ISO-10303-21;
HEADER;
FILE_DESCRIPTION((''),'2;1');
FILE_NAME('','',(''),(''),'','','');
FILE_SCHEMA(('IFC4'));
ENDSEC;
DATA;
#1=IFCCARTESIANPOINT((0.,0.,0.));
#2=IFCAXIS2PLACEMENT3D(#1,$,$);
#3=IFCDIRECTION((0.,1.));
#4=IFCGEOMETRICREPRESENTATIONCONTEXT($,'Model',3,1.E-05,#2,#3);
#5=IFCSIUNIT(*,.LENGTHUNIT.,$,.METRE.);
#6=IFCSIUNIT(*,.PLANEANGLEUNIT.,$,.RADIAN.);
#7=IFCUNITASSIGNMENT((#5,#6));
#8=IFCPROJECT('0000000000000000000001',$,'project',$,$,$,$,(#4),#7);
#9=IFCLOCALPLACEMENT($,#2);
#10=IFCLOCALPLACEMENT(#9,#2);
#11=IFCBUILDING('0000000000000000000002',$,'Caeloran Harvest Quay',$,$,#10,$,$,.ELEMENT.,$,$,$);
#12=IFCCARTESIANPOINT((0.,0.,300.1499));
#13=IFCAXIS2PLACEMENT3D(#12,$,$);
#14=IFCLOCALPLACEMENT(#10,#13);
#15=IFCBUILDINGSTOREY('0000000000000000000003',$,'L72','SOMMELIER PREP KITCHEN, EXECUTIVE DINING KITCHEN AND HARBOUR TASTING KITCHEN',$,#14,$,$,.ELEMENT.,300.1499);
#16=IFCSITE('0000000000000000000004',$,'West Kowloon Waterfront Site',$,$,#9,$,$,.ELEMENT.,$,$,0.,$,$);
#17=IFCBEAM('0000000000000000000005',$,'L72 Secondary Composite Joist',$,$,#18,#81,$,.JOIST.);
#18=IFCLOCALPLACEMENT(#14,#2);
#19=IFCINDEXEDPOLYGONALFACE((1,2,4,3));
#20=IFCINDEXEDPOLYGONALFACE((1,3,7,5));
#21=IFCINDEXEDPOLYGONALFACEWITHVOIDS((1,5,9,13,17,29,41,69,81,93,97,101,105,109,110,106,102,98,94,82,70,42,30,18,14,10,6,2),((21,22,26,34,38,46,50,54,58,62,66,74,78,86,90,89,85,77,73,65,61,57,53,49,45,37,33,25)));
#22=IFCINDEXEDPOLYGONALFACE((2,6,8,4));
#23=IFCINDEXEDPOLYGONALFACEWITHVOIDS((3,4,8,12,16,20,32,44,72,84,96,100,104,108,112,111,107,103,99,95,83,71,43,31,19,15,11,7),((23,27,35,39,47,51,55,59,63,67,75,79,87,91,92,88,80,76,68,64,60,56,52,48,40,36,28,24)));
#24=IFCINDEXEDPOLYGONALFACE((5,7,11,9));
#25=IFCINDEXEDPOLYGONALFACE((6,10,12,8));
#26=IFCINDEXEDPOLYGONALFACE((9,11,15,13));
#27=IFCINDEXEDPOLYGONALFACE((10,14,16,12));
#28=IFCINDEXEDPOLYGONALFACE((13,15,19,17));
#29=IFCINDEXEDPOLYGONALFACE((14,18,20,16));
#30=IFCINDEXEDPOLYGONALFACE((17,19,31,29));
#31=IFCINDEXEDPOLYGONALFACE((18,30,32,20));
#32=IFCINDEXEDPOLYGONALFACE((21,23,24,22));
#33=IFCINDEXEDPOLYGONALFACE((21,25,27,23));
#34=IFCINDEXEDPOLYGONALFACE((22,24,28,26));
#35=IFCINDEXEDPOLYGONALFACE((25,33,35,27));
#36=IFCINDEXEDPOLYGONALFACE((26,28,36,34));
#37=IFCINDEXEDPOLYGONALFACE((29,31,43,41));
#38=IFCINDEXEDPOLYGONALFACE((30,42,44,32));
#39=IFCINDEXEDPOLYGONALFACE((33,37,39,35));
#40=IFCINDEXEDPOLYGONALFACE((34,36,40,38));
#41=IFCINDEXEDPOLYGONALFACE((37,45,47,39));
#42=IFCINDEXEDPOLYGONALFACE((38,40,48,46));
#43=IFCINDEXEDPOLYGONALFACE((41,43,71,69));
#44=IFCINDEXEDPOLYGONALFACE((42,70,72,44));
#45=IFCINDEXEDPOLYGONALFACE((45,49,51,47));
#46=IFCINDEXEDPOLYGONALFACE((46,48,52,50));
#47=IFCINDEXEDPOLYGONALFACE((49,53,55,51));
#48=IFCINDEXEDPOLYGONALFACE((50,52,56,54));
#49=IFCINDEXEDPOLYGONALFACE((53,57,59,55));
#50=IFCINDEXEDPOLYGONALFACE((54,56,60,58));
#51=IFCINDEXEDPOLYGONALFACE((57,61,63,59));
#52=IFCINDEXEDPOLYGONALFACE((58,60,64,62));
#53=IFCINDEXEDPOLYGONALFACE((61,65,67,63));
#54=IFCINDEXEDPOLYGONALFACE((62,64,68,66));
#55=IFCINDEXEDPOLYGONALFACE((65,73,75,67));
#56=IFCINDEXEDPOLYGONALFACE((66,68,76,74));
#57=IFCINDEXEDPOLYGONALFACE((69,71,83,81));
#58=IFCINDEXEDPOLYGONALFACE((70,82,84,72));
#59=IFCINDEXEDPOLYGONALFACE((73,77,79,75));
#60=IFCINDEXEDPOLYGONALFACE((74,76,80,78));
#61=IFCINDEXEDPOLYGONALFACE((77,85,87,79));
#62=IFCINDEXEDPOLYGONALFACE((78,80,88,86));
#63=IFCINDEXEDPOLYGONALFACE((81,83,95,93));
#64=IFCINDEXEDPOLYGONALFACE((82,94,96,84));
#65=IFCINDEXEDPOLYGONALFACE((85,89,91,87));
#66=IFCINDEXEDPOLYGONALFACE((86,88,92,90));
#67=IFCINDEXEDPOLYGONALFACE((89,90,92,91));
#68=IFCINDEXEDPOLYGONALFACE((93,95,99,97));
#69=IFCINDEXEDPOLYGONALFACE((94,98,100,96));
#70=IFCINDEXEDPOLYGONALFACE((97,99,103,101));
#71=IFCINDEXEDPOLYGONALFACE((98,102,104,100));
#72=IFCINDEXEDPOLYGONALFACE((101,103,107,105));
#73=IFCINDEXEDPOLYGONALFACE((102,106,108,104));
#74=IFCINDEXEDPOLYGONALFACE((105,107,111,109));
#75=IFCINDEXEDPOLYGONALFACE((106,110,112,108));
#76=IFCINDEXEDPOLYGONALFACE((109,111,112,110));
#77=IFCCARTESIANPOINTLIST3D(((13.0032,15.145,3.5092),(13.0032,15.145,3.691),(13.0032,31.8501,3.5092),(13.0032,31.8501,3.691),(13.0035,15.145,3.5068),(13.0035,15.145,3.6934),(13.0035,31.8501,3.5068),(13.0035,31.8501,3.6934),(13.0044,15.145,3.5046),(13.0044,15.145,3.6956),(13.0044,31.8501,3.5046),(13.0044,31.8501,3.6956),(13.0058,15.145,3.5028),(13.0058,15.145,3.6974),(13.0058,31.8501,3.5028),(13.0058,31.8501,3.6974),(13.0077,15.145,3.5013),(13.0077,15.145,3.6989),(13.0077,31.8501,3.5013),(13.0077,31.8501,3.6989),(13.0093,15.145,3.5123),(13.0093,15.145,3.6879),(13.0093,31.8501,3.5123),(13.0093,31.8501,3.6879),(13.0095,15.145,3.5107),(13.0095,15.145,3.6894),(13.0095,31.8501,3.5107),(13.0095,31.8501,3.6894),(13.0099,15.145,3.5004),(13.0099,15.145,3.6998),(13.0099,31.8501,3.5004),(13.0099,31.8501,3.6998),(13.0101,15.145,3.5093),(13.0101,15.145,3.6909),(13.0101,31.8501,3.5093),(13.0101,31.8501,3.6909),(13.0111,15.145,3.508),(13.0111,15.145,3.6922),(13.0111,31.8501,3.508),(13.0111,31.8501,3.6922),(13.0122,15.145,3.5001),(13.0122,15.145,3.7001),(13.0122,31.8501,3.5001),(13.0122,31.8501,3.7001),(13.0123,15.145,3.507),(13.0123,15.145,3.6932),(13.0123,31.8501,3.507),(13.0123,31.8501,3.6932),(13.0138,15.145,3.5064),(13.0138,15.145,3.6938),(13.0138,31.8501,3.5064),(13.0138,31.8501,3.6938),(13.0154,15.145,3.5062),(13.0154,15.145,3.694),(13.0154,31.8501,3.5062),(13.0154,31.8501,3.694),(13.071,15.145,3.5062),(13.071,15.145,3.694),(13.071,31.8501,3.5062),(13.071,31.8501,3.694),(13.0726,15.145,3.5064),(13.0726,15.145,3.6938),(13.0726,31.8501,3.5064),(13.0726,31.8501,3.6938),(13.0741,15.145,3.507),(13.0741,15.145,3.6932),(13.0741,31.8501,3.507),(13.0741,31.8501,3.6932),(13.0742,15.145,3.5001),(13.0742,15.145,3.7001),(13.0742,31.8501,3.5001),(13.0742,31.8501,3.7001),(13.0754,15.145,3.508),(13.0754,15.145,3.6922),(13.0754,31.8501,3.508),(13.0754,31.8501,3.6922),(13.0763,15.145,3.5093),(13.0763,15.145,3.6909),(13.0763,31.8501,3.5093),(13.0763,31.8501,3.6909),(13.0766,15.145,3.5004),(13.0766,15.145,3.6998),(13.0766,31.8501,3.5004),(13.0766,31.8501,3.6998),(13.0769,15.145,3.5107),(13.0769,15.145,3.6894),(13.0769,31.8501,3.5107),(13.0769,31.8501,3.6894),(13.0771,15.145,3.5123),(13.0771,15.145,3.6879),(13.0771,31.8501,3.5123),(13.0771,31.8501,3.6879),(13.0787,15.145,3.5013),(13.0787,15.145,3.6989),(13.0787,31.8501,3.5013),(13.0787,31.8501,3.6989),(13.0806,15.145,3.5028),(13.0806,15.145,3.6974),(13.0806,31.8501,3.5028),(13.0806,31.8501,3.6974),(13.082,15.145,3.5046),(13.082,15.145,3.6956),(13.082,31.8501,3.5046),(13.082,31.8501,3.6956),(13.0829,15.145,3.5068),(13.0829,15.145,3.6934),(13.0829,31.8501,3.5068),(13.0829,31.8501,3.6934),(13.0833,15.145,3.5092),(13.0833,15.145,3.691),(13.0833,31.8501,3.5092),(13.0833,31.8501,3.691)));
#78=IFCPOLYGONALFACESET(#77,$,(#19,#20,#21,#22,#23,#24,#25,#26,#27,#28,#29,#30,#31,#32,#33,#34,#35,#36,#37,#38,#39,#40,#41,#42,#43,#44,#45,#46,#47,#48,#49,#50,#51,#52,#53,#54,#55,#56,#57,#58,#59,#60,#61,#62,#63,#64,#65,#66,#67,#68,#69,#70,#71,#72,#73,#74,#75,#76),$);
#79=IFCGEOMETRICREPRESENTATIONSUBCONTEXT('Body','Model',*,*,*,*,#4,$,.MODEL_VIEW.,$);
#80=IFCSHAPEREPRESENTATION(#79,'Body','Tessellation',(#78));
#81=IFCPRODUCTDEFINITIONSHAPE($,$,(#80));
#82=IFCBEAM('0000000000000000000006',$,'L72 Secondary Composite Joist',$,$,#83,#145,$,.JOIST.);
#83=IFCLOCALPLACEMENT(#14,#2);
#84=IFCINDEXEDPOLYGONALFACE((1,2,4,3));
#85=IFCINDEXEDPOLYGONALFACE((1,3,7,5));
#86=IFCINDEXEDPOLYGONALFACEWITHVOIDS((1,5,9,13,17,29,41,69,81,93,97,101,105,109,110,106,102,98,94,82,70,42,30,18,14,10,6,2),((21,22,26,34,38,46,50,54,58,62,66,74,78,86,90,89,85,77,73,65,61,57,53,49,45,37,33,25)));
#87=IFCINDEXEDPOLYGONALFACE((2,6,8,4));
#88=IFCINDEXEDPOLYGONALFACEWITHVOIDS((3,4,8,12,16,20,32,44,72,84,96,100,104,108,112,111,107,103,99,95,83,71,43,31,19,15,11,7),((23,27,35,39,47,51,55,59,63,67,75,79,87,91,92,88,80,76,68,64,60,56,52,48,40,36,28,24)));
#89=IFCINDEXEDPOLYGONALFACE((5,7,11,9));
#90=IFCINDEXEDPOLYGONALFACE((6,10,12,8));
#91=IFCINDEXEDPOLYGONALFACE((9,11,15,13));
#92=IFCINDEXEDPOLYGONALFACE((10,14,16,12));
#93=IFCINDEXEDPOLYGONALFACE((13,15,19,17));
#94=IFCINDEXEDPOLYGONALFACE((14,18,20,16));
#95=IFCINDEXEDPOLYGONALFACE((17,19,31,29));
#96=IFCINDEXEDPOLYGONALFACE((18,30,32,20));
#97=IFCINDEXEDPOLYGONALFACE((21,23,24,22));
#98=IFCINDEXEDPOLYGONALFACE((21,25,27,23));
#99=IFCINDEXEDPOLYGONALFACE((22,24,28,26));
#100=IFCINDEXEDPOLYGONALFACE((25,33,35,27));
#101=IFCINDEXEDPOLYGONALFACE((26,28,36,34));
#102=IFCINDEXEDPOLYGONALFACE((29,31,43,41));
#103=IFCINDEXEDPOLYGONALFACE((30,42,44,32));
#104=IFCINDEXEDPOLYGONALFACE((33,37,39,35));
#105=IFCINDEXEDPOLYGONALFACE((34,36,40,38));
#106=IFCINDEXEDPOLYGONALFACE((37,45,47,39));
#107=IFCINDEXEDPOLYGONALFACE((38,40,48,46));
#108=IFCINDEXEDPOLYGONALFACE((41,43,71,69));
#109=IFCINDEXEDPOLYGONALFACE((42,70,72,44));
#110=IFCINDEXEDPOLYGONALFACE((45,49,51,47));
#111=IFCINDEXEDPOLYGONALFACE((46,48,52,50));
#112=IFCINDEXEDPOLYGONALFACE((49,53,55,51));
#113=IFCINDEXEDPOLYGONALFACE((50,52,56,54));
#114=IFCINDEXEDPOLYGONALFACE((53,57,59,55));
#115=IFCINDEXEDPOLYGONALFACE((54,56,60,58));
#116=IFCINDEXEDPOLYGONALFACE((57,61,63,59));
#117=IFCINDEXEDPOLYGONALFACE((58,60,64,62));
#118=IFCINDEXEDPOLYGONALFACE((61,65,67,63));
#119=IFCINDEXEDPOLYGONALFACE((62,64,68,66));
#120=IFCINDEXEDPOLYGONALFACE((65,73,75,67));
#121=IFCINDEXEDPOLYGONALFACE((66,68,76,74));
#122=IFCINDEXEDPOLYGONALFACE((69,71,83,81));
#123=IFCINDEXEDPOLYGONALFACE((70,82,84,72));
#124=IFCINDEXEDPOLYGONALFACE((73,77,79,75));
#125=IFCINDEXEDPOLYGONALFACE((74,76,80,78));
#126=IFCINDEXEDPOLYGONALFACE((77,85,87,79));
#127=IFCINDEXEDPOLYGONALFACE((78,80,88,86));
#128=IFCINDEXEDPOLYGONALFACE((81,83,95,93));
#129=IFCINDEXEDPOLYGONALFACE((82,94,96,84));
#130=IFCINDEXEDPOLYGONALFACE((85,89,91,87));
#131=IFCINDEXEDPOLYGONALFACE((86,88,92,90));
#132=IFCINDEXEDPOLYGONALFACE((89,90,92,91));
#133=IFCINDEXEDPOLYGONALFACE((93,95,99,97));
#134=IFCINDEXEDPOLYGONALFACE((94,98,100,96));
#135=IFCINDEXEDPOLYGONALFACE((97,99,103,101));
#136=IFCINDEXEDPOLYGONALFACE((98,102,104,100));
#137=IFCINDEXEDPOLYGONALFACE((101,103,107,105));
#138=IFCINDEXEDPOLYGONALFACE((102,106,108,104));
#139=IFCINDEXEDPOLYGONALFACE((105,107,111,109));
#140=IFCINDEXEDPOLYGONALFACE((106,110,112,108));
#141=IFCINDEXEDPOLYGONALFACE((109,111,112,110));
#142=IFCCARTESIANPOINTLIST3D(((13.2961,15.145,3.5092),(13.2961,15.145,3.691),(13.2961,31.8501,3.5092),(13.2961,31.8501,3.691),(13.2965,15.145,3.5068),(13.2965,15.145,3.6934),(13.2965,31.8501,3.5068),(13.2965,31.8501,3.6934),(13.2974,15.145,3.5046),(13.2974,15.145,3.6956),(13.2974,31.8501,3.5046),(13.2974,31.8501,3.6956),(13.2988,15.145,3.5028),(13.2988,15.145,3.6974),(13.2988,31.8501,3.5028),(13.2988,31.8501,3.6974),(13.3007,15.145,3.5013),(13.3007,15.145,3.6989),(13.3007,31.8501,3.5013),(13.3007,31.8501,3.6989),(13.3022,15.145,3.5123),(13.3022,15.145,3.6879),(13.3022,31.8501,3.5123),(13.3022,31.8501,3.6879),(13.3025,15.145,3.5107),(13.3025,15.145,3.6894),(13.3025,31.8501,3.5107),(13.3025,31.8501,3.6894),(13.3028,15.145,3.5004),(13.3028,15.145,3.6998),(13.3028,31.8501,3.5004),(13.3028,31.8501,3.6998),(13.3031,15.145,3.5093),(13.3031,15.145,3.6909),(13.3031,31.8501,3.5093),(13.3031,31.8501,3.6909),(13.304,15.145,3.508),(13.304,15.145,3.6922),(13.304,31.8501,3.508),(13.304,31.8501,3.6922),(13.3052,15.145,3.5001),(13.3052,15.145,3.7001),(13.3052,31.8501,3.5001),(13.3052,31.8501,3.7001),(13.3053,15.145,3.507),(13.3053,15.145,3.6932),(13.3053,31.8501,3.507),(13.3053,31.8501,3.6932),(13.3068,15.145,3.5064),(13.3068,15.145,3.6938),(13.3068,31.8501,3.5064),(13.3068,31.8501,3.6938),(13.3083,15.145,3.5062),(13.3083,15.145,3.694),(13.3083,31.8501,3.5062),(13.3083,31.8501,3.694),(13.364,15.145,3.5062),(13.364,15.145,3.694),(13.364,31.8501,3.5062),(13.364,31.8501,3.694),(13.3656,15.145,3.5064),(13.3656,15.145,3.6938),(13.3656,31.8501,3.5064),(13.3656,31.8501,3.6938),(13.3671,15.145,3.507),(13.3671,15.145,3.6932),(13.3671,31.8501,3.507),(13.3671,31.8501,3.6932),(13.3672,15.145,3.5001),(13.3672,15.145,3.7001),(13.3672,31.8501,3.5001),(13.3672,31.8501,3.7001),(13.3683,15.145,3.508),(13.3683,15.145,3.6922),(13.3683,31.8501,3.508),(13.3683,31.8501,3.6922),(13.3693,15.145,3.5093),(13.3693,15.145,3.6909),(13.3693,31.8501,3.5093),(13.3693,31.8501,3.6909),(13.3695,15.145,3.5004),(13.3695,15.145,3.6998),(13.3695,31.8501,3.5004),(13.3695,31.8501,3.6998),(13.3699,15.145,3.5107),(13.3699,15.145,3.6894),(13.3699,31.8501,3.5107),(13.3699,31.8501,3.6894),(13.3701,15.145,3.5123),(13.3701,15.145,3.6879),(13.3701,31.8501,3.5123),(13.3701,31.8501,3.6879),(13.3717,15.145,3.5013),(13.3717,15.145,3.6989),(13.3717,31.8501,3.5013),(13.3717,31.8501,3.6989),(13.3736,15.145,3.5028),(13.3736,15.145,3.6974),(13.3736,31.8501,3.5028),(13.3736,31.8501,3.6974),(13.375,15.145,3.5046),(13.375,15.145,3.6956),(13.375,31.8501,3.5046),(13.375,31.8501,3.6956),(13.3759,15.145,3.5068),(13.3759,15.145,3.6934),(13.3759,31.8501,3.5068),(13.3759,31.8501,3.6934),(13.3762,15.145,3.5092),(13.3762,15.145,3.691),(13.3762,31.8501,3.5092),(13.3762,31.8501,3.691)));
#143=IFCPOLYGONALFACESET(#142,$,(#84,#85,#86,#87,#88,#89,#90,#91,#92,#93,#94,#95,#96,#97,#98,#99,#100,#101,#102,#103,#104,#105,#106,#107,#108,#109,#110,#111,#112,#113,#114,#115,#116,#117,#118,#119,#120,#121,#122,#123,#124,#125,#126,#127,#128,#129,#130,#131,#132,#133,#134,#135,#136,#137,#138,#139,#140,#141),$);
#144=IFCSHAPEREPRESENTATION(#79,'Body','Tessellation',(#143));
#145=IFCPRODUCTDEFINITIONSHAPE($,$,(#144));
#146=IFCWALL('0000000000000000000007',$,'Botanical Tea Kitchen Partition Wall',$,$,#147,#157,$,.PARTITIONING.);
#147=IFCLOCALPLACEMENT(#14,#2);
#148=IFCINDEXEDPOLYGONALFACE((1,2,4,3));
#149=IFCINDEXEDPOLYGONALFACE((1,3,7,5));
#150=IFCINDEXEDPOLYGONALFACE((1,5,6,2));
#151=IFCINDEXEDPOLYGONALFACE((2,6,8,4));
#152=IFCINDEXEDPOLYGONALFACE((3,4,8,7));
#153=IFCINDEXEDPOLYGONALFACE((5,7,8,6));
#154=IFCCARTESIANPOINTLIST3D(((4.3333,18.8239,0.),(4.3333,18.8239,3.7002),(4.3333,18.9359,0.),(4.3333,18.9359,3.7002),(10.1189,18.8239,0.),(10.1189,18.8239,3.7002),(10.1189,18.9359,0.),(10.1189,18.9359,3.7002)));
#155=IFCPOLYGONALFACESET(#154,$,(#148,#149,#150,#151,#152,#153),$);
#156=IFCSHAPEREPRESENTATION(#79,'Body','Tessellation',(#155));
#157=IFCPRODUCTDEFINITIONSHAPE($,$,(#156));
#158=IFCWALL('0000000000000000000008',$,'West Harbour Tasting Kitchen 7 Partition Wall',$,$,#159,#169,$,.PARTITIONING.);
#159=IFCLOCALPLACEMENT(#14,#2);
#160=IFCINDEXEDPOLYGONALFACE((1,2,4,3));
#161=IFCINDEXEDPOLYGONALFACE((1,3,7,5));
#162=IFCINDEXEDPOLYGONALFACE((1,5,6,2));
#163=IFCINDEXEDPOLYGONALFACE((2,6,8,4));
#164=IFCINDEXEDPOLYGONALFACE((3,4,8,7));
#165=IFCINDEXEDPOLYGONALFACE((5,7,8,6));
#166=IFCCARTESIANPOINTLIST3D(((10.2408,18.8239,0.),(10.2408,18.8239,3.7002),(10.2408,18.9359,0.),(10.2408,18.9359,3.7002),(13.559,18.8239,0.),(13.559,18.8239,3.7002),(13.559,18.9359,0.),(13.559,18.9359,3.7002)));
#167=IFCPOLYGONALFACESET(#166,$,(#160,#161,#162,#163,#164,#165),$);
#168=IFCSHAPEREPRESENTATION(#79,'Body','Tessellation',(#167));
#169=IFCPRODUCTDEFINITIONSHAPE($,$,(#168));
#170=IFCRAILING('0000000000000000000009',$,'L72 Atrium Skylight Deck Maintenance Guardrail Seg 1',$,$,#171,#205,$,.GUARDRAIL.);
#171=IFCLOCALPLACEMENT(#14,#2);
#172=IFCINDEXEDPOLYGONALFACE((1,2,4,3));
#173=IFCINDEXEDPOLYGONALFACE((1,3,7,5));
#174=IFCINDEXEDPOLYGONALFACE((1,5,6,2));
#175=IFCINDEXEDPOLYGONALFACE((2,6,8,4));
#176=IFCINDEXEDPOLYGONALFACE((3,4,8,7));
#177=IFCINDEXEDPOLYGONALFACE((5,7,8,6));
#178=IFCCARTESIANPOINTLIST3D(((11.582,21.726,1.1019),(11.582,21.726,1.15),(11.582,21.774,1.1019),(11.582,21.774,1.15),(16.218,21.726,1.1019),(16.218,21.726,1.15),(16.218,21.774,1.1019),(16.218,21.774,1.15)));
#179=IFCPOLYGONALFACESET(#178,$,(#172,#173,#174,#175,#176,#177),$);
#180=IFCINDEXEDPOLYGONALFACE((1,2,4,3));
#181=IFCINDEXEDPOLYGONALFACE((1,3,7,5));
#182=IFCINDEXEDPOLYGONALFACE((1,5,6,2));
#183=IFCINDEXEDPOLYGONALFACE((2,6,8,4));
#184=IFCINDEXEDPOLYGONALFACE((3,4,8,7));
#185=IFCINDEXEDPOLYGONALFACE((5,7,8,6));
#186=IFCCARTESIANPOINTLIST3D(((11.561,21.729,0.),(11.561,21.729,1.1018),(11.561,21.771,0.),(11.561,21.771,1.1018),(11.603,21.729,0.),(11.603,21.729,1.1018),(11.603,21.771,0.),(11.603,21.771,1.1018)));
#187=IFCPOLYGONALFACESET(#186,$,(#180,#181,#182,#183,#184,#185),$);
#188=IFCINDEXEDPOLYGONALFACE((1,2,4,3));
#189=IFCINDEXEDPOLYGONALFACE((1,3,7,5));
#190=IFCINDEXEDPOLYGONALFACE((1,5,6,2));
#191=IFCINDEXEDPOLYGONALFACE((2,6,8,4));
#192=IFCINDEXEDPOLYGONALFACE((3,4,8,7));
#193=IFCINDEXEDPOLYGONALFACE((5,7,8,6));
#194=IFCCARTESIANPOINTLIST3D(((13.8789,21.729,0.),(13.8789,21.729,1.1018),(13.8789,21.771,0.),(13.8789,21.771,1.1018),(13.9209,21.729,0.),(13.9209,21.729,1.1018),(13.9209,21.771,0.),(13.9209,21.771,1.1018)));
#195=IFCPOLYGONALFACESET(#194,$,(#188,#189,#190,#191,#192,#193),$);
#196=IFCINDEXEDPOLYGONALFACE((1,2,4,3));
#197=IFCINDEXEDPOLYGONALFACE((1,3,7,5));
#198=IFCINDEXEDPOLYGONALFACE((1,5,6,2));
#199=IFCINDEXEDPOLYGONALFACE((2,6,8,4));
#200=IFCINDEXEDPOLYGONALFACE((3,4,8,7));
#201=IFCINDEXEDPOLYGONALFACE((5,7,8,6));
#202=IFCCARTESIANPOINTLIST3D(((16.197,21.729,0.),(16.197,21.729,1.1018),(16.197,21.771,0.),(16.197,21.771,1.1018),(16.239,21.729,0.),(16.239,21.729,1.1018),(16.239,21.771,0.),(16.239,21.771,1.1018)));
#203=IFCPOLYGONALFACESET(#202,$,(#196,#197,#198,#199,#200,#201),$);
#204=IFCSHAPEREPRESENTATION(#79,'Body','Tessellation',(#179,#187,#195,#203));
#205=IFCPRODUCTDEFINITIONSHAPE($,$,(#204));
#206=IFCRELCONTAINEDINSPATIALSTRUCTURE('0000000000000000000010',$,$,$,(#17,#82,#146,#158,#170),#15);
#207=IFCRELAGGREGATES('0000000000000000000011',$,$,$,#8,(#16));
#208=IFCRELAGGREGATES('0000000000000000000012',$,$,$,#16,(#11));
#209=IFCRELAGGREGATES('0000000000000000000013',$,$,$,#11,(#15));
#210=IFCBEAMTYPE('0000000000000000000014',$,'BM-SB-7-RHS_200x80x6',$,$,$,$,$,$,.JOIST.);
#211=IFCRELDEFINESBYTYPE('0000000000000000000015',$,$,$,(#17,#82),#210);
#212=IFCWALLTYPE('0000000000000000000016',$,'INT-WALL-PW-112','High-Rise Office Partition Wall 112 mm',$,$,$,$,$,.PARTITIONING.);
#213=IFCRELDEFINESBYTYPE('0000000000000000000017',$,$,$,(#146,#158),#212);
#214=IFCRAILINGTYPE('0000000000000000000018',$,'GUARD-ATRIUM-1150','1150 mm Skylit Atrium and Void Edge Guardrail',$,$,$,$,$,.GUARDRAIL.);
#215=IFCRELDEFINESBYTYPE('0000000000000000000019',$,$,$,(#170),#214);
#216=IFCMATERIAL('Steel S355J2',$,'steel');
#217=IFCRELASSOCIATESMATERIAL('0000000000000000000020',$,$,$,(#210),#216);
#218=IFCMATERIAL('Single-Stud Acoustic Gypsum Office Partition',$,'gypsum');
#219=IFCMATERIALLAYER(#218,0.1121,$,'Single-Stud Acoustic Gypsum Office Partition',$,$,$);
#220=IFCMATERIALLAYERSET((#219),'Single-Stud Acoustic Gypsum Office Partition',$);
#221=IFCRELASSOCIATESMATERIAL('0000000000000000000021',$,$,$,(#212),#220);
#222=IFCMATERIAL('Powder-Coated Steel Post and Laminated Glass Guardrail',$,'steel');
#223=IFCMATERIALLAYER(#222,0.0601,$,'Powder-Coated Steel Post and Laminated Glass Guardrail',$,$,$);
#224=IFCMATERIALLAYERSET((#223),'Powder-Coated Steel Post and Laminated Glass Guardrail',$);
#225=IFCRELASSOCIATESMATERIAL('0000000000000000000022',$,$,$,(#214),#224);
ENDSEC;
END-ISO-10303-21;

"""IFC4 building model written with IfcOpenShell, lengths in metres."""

from ifc_helpers import new_model, si_unit, direction, frame, frame_2d, origin, origin_2d, place, context, subcontext, project, spatial, rectangle, hollow_rectangle, extrude, material, layer, layer_set, material_profile, profile_set, type_object, element, save


model = new_model("IFC4")

# Units and contexts
model_context = context("Model", 3, precision=1e-05, world=origin(), true_north=direction((0.0, 1.0)))
body_context = subcontext(model_context, "Body", "Model", "MODEL_VIEW")
ifc_project = project(units=[si_unit("LENGTHUNIT", "METRE"), si_unit("PLANEANGLEUNIT", "RADIAN")], contexts=[model_context])

# Site, building, storey
site_placement = place(None, origin())
site = spatial("IfcSite", under=ifc_project, at=site_placement, Name="West Kowloon Waterfront Site", CompositionType="ELEMENT", RefElevation=0.0)
building_placement = place(site_placement, origin())
building = spatial("IfcBuilding", under=site, at=building_placement, Name="Caeloran Harvest Quay", CompositionType="ELEMENT")
storey_placement = place(building_placement, frame((0.0, 0.0, 300.1499)))
storey = spatial("IfcBuildingStorey", under=building, at=storey_placement, Name="L72", Description="SOMMELIER PREP KITCHEN, EXECUTIVE DINING KITCHEN AND HARBOUR TASTING KITCHEN", CompositionType="ELEMENT", Elevation=300.1499)

# Beams
ifc_material_1 = material(Name="Steel S355J2", Category="steel")
ifc_material_profile_1 = material_profile(ifc_material_1, hollow_rectangle(XDim=0.0801, YDim=0.2, WallThickness=0.0061, InnerFilletRadius=0.0061, OuterFilletRadius=0.009, at=origin_2d()), Name="RHS 200x80x6")
ifc_profile_set_1 = profile_set([ifc_material_profile_1], Name="Steel S355J2")
beam_type_1 = type_object("IfcBeamType", Name="BM-SB-7-RHS_200x80x6", PredefinedType="JOIST", material=ifc_profile_set_1)
for number, where, z_axis, x_axis, name in (
    (1, (13.0432, 15.145, 3.6001), (0.0, 1.0, 0.0), (-1.0, 0.0, 0.0), "L72 Secondary Composite Joist"),
    (2, (13.3362, 15.145, 3.6001), (0.0, 1.0, 0.0), (-1.0, 0.0, 0.0), "L72 Secondary Composite Joist"),
):
    element("IfcBeam", number, at=place(storey_placement, frame(where, z_axis=z_axis, x_axis=x_axis)), inside=storey, type_object=beam_type_1, Name=name, PredefinedType="JOIST", context=body_context, shape_type="SweptSolid", body=[
        extrude(hollow_rectangle(XDim=0.0801, YDim=0.2, WallThickness=0.0061, InnerFilletRadius=0.0061, OuterFilletRadius=0.009, at=origin_2d()), origin(), (0.0, 0.0, 1.0), 16.7051),
    ])

# Shared definitions
ifc_material_2 = material(Name="Single-Stud Acoustic Gypsum Office Partition", Category="gypsum")
ifc_layer_1 = layer(ifc_material_2, 0.1121, Name="Single-Stud Acoustic Gypsum Office Partition")
ifc_layer_set_1 = layer_set([ifc_layer_1], Name="Single-Stud Acoustic Gypsum Office Partition")
wall_type = type_object("IfcWallType", Name="INT-WALL-PW-112", Description="High-Rise Office Partition Wall 112 mm", PredefinedType="PARTITIONING", material=ifc_layer_set_1)

# Walls
wall_1_placement = place(storey_placement, frame((10.1189, 18.8799, 0.0), z_axis=(0.0, 0.0, 1.0), x_axis=(-1.0, 0.0, 0.0)))
element("IfcWall", 3, at=wall_1_placement, inside=storey, type_object=wall_type, Name="Botanical Tea Kitchen Partition Wall", PredefinedType="PARTITIONING", context=body_context, shape_type="SweptSolid", body=[
    extrude(rectangle(XDim=5.7856, YDim=0.1121, at=frame_2d((2.8928, 0.0))), origin(), (0.0, 0.0, 1.0), 3.7002),
])
wall_2_placement = place(storey_placement, frame((13.5591, 18.8799, 0.0), z_axis=(0.0, 0.0, 1.0), x_axis=(-1.0, 0.0, 0.0)))
element("IfcWall", 4, at=wall_2_placement, inside=storey, type_object=wall_type, Name="West Harbour Tasting Kitchen 7 Partition Wall", PredefinedType="PARTITIONING", context=body_context, shape_type="SweptSolid", body=[
    extrude(rectangle(XDim=3.3181, YDim=0.1121, at=frame_2d((1.6592, 0.0))), origin(), (0.0, 0.0, 1.0), 3.7002),
])

# Railing
ifc_material_3 = material(Name="Powder-Coated Steel Post and Laminated Glass Guardrail", Category="steel")
ifc_layer_2 = layer(ifc_material_3, 0.0601, Name="Powder-Coated Steel Post and Laminated Glass Guardrail")
ifc_layer_set_2 = layer_set([ifc_layer_2], Name="Powder-Coated Steel Post and Laminated Glass Guardrail")
railing_type = type_object("IfcRailingType", Name="GUARD-ATRIUM-1150", Description="1150 mm Skylit Atrium and Void Edge Guardrail", PredefinedType="GUARDRAIL", material=ifc_layer_set_2)
railing_placement = place(storey_placement, frame((11.582, 21.75, 0.0)))
element("IfcRailing", 5, at=railing_placement, inside=storey, type_object=railing_type, Name="L72 Atrium Skylight Deck Maintenance Guardrail Seg 1", PredefinedType="GUARDRAIL", context=body_context, shape_type="SweptSolid", body=[
    extrude(rectangle(XDim=0.0481, YDim=0.0481, at=origin_2d()), frame((0.0, 0.0, 1.126), z_axis=(1.0, 0.0, 0.0), x_axis=(0.0, 1.0, 0.0)), (0.0, 0.0, 1.0), 4.636),
    extrude(rectangle(XDim=0.042, YDim=0.042, at=origin_2d()), origin(), (0.0, 0.0, 1.0), 1.1018),
    extrude(rectangle(XDim=0.042, YDim=0.042, at=origin_2d()), frame((2.3179, 0.0, 0.0)), (0.0, 0.0, 1.0), 1.1018),
    extrude(rectangle(XDim=0.042, YDim=0.042, at=origin_2d()), frame((4.636, 0.0, 0.0)), (0.0, 0.0, 1.0), 1.1018),
])

save(model, "model.ifc")
